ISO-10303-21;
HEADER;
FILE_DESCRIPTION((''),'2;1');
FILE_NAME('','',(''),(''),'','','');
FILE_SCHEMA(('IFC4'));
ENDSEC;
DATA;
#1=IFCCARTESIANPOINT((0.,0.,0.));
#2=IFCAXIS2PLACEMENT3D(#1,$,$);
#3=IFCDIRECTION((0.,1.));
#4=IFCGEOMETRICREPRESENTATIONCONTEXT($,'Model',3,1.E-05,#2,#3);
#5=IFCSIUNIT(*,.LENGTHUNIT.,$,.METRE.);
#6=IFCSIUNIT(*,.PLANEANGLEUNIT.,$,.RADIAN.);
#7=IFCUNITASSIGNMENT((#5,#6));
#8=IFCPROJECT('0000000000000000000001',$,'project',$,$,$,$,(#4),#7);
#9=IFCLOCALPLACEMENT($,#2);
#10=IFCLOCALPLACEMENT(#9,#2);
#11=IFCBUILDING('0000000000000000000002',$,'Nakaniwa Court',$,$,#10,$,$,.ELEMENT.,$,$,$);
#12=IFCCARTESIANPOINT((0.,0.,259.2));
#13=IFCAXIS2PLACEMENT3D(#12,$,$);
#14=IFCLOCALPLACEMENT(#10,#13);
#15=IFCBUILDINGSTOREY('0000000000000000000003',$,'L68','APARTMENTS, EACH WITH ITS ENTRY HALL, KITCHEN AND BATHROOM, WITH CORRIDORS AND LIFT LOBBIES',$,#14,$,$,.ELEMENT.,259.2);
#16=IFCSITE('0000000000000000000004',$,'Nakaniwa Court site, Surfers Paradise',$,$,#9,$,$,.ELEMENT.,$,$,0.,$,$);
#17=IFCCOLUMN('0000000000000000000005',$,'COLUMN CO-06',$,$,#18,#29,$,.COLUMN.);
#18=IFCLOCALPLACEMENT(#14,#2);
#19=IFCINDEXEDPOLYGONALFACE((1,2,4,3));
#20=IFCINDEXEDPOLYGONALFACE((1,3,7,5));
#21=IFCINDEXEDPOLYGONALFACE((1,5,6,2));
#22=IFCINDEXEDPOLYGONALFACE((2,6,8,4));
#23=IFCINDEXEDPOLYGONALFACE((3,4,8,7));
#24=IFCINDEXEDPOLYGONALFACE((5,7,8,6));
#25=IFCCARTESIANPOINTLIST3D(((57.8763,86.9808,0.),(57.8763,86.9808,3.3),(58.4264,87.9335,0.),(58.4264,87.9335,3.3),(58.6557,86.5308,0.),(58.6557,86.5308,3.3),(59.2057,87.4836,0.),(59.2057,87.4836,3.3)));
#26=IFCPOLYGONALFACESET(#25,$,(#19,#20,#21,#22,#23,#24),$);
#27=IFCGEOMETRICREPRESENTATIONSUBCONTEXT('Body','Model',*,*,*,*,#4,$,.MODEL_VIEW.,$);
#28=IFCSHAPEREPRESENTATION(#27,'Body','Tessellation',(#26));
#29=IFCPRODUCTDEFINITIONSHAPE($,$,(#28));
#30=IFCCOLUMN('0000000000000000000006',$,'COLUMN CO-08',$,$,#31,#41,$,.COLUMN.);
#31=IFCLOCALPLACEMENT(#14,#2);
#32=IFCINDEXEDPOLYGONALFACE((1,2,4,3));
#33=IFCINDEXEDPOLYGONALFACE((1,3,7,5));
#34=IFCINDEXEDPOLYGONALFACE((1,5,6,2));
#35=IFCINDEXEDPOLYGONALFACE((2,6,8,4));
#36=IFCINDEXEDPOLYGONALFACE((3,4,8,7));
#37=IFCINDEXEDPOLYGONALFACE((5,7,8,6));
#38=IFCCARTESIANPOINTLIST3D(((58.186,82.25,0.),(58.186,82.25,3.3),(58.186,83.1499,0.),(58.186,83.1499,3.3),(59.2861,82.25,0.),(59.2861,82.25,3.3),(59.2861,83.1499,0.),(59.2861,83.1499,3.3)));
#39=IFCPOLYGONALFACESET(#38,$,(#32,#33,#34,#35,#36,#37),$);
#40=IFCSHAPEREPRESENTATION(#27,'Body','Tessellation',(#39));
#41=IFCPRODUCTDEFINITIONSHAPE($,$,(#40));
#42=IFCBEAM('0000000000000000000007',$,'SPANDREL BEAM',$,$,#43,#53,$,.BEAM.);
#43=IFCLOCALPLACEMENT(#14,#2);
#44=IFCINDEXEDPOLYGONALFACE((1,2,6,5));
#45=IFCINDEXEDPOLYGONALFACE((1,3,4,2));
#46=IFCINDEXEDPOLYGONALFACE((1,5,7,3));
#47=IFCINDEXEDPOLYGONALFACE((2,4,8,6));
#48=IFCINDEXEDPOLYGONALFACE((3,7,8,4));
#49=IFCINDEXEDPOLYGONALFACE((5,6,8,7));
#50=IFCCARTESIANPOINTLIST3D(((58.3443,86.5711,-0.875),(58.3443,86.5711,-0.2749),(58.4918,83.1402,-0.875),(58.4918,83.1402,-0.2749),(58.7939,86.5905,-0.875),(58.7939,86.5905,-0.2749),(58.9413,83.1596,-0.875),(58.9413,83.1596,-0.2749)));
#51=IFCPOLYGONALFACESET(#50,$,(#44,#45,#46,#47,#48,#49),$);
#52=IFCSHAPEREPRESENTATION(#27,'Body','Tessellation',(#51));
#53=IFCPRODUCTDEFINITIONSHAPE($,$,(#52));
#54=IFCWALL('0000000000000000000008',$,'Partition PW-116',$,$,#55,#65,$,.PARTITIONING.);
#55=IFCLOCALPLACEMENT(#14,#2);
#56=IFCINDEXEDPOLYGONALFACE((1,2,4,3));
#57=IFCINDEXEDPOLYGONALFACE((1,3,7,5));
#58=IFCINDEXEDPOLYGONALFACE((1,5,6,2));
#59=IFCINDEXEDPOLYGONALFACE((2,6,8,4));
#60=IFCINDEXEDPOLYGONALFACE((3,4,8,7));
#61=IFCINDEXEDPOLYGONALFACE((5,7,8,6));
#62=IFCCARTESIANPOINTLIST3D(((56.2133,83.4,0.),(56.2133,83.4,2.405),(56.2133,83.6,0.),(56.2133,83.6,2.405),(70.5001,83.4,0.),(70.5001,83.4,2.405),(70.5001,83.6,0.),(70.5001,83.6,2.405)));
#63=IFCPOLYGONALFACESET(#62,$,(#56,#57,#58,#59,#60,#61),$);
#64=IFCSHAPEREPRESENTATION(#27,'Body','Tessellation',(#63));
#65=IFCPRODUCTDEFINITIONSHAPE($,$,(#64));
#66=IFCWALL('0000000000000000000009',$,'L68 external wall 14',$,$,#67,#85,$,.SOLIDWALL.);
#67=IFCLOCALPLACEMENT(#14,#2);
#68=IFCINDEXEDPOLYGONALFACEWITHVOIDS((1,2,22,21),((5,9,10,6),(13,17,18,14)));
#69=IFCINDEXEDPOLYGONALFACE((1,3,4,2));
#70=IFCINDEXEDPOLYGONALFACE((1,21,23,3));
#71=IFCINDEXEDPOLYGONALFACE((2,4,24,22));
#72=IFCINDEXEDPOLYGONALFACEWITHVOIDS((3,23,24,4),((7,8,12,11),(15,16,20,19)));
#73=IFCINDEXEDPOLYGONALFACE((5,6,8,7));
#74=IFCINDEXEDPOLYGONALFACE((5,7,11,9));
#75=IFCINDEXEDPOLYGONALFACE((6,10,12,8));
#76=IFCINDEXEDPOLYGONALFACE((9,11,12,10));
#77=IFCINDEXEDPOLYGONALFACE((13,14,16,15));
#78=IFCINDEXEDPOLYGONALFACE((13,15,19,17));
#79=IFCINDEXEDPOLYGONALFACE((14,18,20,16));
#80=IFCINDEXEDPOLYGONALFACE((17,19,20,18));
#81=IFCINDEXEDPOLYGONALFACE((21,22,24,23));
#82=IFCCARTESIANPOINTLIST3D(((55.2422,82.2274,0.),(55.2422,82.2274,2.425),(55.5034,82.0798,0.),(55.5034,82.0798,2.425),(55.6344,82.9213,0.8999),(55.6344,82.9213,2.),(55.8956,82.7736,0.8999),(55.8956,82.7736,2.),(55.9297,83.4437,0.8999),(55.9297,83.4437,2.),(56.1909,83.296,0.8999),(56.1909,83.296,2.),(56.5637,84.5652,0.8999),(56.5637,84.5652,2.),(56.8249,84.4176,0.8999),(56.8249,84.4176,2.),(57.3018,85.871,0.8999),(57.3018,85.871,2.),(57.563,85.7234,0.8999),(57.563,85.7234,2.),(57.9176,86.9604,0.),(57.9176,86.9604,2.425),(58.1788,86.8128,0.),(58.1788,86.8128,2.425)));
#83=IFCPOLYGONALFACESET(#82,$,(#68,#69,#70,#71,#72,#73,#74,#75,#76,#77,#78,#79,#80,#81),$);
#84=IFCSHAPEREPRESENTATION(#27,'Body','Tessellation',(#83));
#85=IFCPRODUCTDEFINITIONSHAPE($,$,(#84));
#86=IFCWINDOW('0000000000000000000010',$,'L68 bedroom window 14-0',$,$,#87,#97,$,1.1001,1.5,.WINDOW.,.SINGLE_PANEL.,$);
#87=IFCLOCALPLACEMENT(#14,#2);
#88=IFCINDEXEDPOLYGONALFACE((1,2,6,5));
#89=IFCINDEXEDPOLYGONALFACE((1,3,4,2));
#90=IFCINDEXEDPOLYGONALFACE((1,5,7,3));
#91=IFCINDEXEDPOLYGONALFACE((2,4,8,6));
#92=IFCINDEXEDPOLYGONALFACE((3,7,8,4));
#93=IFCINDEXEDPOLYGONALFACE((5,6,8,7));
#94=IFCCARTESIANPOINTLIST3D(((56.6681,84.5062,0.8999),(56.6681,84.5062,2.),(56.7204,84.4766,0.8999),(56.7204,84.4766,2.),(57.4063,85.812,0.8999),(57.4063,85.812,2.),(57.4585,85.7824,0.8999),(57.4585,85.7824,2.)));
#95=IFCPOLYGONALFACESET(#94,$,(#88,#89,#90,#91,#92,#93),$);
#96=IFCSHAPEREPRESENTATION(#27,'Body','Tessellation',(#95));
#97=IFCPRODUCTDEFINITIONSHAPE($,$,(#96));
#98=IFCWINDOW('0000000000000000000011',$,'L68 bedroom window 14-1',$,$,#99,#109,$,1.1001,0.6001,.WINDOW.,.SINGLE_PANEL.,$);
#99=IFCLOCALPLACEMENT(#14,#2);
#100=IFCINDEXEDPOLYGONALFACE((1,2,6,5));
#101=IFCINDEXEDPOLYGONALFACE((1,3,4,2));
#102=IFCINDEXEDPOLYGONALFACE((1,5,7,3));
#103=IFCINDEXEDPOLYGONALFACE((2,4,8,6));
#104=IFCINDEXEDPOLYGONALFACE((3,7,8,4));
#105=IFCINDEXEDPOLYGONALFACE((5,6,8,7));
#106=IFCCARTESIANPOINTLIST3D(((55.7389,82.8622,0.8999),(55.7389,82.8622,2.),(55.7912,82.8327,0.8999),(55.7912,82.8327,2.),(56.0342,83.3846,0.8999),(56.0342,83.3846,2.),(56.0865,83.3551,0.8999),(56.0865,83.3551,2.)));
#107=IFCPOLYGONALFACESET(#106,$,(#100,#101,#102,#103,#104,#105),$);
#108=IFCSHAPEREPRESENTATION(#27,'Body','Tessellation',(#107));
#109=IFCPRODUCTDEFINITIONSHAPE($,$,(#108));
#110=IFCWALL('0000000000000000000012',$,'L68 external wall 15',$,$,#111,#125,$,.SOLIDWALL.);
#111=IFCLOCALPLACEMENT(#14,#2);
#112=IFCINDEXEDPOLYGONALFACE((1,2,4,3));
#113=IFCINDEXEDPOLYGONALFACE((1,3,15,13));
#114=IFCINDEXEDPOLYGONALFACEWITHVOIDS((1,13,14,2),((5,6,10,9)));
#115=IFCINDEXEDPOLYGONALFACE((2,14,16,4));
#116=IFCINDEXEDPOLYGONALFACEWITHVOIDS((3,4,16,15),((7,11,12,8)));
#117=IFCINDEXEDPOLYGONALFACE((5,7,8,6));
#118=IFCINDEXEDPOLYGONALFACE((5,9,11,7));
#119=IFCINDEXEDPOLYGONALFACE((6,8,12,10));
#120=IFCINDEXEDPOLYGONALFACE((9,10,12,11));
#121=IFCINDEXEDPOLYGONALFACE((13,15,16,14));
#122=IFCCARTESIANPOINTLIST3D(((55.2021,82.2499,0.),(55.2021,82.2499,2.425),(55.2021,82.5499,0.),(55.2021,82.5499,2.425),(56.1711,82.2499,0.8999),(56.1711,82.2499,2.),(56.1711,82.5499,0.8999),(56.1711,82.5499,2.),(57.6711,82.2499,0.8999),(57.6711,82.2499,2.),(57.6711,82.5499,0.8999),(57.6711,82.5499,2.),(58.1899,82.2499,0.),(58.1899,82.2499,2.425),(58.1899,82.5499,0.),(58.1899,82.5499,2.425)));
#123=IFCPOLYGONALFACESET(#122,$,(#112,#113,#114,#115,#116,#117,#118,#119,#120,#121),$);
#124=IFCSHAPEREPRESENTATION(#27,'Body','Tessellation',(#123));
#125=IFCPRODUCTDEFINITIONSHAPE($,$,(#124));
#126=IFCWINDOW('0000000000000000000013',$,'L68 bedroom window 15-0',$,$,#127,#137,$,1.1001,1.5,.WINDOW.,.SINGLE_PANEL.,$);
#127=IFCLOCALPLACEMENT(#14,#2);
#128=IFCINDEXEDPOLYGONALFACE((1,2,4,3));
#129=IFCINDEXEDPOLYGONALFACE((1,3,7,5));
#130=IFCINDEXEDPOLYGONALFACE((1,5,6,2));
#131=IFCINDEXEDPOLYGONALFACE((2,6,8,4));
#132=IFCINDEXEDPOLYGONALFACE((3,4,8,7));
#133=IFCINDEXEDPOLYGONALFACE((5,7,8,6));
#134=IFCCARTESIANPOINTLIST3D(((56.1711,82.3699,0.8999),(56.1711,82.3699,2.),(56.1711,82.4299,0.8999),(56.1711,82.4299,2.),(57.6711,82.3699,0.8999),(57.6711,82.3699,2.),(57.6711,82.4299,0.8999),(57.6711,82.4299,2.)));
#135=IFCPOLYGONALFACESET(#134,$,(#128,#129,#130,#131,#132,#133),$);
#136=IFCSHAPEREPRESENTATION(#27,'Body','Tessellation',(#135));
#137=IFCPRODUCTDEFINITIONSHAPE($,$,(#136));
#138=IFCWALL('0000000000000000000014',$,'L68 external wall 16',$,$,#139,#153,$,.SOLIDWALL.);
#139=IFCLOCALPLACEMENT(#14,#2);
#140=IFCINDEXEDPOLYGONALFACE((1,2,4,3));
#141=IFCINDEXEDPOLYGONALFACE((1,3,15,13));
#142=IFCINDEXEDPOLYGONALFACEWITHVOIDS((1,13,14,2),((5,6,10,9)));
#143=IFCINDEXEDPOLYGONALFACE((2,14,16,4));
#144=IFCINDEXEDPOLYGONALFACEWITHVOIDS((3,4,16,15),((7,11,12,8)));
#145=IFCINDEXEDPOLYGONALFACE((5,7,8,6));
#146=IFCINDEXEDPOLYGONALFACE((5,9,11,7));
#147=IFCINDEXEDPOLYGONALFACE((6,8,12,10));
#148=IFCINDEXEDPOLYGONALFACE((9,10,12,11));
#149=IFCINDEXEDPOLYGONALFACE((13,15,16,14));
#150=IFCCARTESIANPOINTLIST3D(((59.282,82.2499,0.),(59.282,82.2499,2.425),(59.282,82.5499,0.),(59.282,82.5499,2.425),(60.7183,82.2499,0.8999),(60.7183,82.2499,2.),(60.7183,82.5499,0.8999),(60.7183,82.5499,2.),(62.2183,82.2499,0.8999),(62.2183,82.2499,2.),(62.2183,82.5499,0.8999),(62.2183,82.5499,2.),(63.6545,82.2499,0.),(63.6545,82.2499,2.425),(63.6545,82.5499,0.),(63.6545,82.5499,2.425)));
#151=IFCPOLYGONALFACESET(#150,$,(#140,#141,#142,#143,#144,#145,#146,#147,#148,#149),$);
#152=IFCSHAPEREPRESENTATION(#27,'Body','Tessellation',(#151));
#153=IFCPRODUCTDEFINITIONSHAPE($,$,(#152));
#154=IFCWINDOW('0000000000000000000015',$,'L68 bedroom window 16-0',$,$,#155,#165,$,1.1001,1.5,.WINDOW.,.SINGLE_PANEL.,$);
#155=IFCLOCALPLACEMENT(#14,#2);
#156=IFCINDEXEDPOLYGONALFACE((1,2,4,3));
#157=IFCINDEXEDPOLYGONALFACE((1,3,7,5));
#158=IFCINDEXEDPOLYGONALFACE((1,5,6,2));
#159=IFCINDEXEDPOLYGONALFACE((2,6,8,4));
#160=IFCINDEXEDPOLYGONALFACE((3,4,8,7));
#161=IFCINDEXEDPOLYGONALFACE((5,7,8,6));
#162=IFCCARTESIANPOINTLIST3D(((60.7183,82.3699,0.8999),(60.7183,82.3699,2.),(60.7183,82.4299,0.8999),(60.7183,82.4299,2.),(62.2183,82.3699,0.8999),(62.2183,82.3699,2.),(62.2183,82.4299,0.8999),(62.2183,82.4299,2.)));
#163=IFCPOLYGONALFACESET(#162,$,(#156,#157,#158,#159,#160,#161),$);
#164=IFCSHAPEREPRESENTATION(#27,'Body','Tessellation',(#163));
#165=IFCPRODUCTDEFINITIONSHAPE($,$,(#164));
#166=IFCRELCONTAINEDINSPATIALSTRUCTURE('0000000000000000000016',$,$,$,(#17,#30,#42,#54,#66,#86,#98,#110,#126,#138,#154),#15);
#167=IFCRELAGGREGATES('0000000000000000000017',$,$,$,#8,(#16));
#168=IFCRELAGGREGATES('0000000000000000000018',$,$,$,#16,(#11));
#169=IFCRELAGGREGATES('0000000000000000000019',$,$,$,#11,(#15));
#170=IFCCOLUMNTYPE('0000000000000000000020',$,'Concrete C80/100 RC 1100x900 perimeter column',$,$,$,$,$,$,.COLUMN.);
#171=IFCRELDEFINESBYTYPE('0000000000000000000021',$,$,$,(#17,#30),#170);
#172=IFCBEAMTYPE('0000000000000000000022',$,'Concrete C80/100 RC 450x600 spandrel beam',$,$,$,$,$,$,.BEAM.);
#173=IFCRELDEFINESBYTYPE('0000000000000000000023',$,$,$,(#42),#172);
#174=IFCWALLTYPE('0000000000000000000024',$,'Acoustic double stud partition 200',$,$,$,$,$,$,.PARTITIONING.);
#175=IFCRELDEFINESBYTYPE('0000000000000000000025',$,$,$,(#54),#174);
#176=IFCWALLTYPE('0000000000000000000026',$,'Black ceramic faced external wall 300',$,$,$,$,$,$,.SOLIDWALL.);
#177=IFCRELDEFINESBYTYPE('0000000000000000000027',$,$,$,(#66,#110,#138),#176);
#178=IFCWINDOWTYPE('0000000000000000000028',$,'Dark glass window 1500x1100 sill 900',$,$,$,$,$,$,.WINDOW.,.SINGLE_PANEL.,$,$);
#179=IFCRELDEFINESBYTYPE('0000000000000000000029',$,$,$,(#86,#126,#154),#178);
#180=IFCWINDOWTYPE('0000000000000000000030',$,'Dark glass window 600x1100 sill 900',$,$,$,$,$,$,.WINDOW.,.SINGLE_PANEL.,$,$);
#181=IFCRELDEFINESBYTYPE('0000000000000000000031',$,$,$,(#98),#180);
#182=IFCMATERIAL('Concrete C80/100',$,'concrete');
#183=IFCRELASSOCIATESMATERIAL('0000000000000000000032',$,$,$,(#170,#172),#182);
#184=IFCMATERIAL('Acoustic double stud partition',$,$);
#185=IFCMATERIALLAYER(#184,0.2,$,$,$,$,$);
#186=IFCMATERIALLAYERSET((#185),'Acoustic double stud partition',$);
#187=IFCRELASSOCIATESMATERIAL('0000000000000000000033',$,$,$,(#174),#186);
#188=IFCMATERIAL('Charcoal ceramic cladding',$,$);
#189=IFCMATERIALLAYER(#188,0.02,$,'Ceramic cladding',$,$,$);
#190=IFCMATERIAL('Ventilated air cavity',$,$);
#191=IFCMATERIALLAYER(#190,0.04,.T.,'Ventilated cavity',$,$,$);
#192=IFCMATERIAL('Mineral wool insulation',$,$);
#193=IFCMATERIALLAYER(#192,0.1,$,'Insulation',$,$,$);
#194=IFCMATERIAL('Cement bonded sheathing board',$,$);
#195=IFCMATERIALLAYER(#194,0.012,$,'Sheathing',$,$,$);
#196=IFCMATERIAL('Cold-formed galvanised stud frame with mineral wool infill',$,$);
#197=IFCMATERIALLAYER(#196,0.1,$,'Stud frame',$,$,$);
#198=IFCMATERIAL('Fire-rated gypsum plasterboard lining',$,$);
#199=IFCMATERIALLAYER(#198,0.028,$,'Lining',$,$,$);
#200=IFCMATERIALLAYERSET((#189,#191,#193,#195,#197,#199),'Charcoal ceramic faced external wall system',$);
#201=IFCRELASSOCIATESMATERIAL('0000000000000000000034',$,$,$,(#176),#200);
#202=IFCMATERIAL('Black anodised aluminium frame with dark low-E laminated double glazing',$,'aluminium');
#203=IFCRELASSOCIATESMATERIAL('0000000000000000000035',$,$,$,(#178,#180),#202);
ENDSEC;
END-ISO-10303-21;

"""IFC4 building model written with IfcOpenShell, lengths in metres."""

from ifc_helpers import new_model, si_unit, direction, frame, frame_2d, origin, origin_2d, place, context, subcontext, project, spatial, rectangle, extrude, material, layer, layer_set, material_profile, profile_set, type_object, element, fill, save


model = new_model("IFC4")

# Units and contexts
model_context = context("Model", 3, precision=1e-05, world=origin(), true_north=direction((0.0, 1.0)))
body_context = subcontext(model_context, "Body", "Model", "MODEL_VIEW")
ifc_project = project(units=[si_unit("LENGTHUNIT", "METRE"), si_unit("PLANEANGLEUNIT", "RADIAN")], contexts=[model_context])

# Site, building, storey
site_placement = place(None, origin())
site = spatial("IfcSite", under=ifc_project, at=site_placement, Name="Nakaniwa Court site, Surfers Paradise", CompositionType="ELEMENT", RefElevation=0.0)
building_placement = place(site_placement, origin())
building = spatial("IfcBuilding", under=site, at=building_placement, Name="Nakaniwa Court", CompositionType="ELEMENT")
storey_placement = place(building_placement, frame((0.0, 0.0, 259.2)))
storey = spatial("IfcBuildingStorey", under=building, at=storey_placement, Name="L68", Description="APARTMENTS, EACH WITH ITS ENTRY HALL, KITCHEN AND BATHROOM, WITH CORRIDORS AND LIFT LOBBIES", CompositionType="ELEMENT", Elevation=259.2)

# Columns
ifc_material_1 = material(Name="Concrete C80/100", Category="concrete")
ifc_material_profile_1 = material_profile(ifc_material_1, rectangle(XDim=1.1001, YDim=0.8999, at=origin_2d()), Name="Concrete C80/100 RC 1100x900 perimeter column")
ifc_profile_set_1 = profile_set([ifc_material_profile_1], Name="Concrete C80/100")
column_type = type_object("IfcColumnType", Name="Concrete C80/100 RC 1100x900 perimeter column", PredefinedType="COLUMN", material=ifc_profile_set_1)
for number, where, z_axis, x_axis, name in (
    (1, (58.541, 87.2322, 0.0), (0.0, 0.0, 1.0), (-0.5, -0.866025, 0.0), "COLUMN CO-06"),
    (2, (58.7361, 82.7, 0.0), (0.0, 0.0, 1.0), (1.0, 0.0, 0.0), "COLUMN CO-08"),
):
    element("IfcColumn", number, at=place(storey_placement, frame(where, z_axis=z_axis, x_axis=x_axis)), inside=storey, type_object=column_type, Name=name, PredefinedType="COLUMN", context=body_context, shape_type="SweptSolid", body=[
        extrude(rectangle(XDim=1.1001, YDim=0.8999, at=origin_2d()), origin(), (0.0, 0.0, 1.0), 3.3),
    ])

# Beam
ifc_material_profile_2 = material_profile(ifc_material_1, rectangle(XDim=0.45, YDim=0.6001, at=origin_2d()), Name="Concrete C80/100 RC 450x600 spandrel beam")
ifc_profile_set_2 = profile_set([ifc_material_profile_2], Name="Concrete C80/100")
beam_type = type_object("IfcBeamType", Name="Concrete C80/100 RC 450x600 spandrel beam", PredefinedType="BEAM", material=ifc_profile_set_2)
beam_placement = place(storey_placement, frame((58.5691, 86.5808, -0.575), z_axis=(0.042941, -0.999078, 0.0), x_axis=(0.999078, 0.042941, 0.0)))
element("IfcBeam", 3, at=beam_placement, inside=storey, type_object=beam_type, Name="SPANDREL BEAM", PredefinedType="BEAM", context=body_context, shape_type="SweptSolid", body=[
    extrude(rectangle(XDim=0.45, YDim=0.6001, at=origin_2d()), origin(), (0.0, 0.0, 1.0), 3.4341),
])

# Wall
ifc_material_2 = material(Name="Acoustic double stud partition")
ifc_layer_1 = layer(ifc_material_2, 0.2)
ifc_layer_set_1 = layer_set([ifc_layer_1], Name="Acoustic double stud partition")
wall_type_1 = type_object("IfcWallType", Name="Acoustic double stud partition 200", PredefinedType="PARTITIONING", material=ifc_layer_set_1)
wall_1_placement = place(storey_placement, frame((56.2131, 83.5, 0.0), z_axis=(0.0, 0.0, 1.0), x_axis=(1.0, 0.0, 0.0)))
element("IfcWall", 4, at=wall_1_placement, inside=storey, type_object=wall_type_1, Name="Partition PW-116", PredefinedType="PARTITIONING", context=body_context, shape_type="SweptSolid", body=[
    extrude(rectangle(XDim=14.2869, YDim=0.2, at=frame_2d((7.1436, 0.0))), origin(), (0.0, 0.0, 1.0), 2.405),
])

# Wall, openings, windows
ifc_material_3 = material(Name="Charcoal ceramic cladding")
ifc_layer_2 = layer(ifc_material_3, 0.02, Name="Ceramic cladding")
ifc_material_4 = material(Name="Ventilated air cavity")
ifc_layer_3 = layer(ifc_material_4, 0.04, ventilated=True, Name="Ventilated cavity")
ifc_material_5 = material(Name="Mineral wool insulation")
ifc_layer_4 = layer(ifc_material_5, 0.1, Name="Insulation")
ifc_material_6 = material(Name="Cement bonded sheathing board")
ifc_layer_5 = layer(ifc_material_6, 0.012, Name="Sheathing")
ifc_material_7 = material(Name="Cold-formed galvanised stud frame with mineral wool infill")
ifc_layer_6 = layer(ifc_material_7, 0.1, Name="Stud frame")
ifc_material_8 = material(Name="Fire-rated gypsum plasterboard lining")
ifc_layer_7 = layer(ifc_material_8, 0.028, Name="Lining")
ifc_layer_set_2 = layer_set([ifc_layer_2, ifc_layer_3, ifc_layer_4, ifc_layer_5, ifc_layer_6, ifc_layer_7], Name="Charcoal ceramic faced external wall system")
wall_type_2 = type_object("IfcWallType", Name="Black ceramic faced external wall 300", PredefinedType="SOLIDWALL", material=ifc_layer_set_2)
wall_2_placement = place(storey_placement, frame((58.0481, 86.8865, 0.0), z_axis=(0.0, 0.0, 1.0), x_axis=(-0.492081, -0.870549, 0.0)))
wall_2 = element("IfcWall", 5, at=wall_2_placement, inside=storey, type_object=wall_type_2, Name="L68 external wall 14", PredefinedType="SOLIDWALL", context=body_context, shape_type="SweptSolid", body=[
    extrude(rectangle(XDim=5.4368, YDim=0.3, at=frame_2d((2.7183, 0.0))), origin(), (0.0, 0.0, 1.0), 2.425),
])
opening_1_placement = place(wall_2_placement, frame((1.2512, 0.0, 0.8999)))
opening_1 = element("IfcOpeningElement", 6, at=opening_1_placement, cuts=wall_2, PredefinedType="OPENING", context=body_context, shape_type="SweptSolid", body=[
    extrude(rectangle(XDim=1.5, YDim=1.1001, at=frame_2d((0.75, 0.55))), frame((0.0, 0.1599, 0.0), z_axis=(0.0, -1.0, 0.0), x_axis=(1.0, 0.0, 0.0)), (0.0, 0.0, 1.0), 0.3201),
])
opening_2_placement = place(wall_2_placement, frame((4.0396, 0.0, 0.8999)))
opening_2 = element("IfcOpeningElement", 7, at=opening_2_placement, cuts=wall_2, PredefinedType="OPENING", context=body_context, shape_type="SweptSolid", body=[
    extrude(rectangle(XDim=0.6001, YDim=1.1001, at=frame_2d((0.3, 0.55))), frame((0.0, 0.1599, 0.0), z_axis=(0.0, -1.0, 0.0), x_axis=(1.0, 0.0, 0.0)), (0.0, 0.0, 1.0), 0.3201),
])
ifc_material_9 = material(Name="Black anodised aluminium frame with dark low-E laminated double glazing", Category="aluminium")
window_type_1 = type_object("IfcWindowType", Name="Dark glass window 1500x1100 sill 900", PartitioningType="SINGLE_PANEL", PredefinedType="WINDOW", material=ifc_material_9)
window_1_placement = place(opening_1_placement, origin())
window_1 = element("IfcWindow", 8, at=window_1_placement, inside=storey, type_object=window_type_1, Name="L68 bedroom window 14-0", OverallHeight=1.1001, OverallWidth=1.5, PartitioningType="SINGLE_PANEL", PredefinedType="WINDOW", context=body_context, shape_type="SweptSolid", body=[
    extrude(rectangle(XDim=1.5, YDim=1.1001, at=frame_2d((0.75, 0.55))), frame((0.0, 0.03, 0.0), z_axis=(0.0, -1.0, 0.0), x_axis=(1.0, 0.0, 0.0)), (0.0, 0.0, 1.0), 0.0601),
])
fill(opening_1, window_1)
window_type_2 = type_object("IfcWindowType", Name="Dark glass window 600x1100 sill 900", PartitioningType="SINGLE_PANEL", PredefinedType="WINDOW", material=ifc_material_9)
window_2_placement = place(opening_2_placement, origin())
window_2 = element("IfcWindow", 9, at=window_2_placement, inside=storey, type_object=window_type_2, Name="L68 bedroom window 14-1", OverallHeight=1.1001, OverallWidth=0.6001, PartitioningType="SINGLE_PANEL", PredefinedType="WINDOW", context=body_context, shape_type="SweptSolid", body=[
    extrude(rectangle(XDim=0.6001, YDim=1.1001, at=frame_2d((0.3, 0.55))), frame((0.0, 0.03, 0.0), z_axis=(0.0, -1.0, 0.0), x_axis=(1.0, 0.0, 0.0)), (0.0, 0.0, 1.0), 0.0601),
])
fill(opening_2, window_2)

# Walls, openings, windows
wall_3_placement = place(storey_placement, frame((55.2021, 82.3999, 0.0), z_axis=(0.0, 0.0, 1.0), x_axis=(1.0, 0.0, 0.0)))
wall_3 = element("IfcWall", 10, at=wall_3_placement, inside=storey, type_object=wall_type_2, Name="L68 external wall 15", PredefinedType="SOLIDWALL", context=body_context, shape_type="SweptSolid", body=[
    extrude(rectangle(XDim=2.9878, YDim=0.3, at=frame_2d((1.4939, 0.0))), origin(), (0.0, 0.0, 1.0), 2.425),
])
opening_3_placement = place(wall_3_placement, frame((0.969, 0.0, 0.8999)))
opening_3 = element("IfcOpeningElement", 11, at=opening_3_placement, cuts=wall_3, PredefinedType="OPENING", context=body_context, shape_type="SweptSolid", body=[
    extrude(rectangle(XDim=1.5, YDim=1.1001, at=frame_2d((0.75, 0.55))), frame((0.0, 0.1599, 0.0), z_axis=(0.0, -1.0, 0.0), x_axis=(1.0, 0.0, 0.0)), (0.0, 0.0, 1.0), 0.3201),
])
window_3_placement = place(opening_3_placement, origin())
window_3 = element("IfcWindow", 12, at=window_3_placement, inside=storey, type_object=window_type_1, Name="L68 bedroom window 15-0", OverallHeight=1.1001, OverallWidth=1.5, PartitioningType="SINGLE_PANEL", PredefinedType="WINDOW", context=body_context, shape_type="SweptSolid", body=[
    extrude(rectangle(XDim=1.5, YDim=1.1001, at=frame_2d((0.75, 0.55))), frame((0.0, 0.03, 0.0), z_axis=(0.0, -1.0, 0.0), x_axis=(1.0, 0.0, 0.0)), (0.0, 0.0, 1.0), 0.0601),
])
fill(opening_3, window_3)
wall_4_placement = place(storey_placement, frame((59.282, 82.3999, 0.0), z_axis=(0.0, 0.0, 1.0), x_axis=(1.0, 0.0, 0.0)))
wall_4 = element("IfcWall", 13, at=wall_4_placement, inside=storey, type_object=wall_type_2, Name="L68 external wall 16", PredefinedType="SOLIDWALL", context=body_context, shape_type="SweptSolid", body=[
    extrude(rectangle(XDim=4.3726, YDim=0.3, at=frame_2d((2.1863, 0.0))), origin(), (0.0, 0.0, 1.0), 2.425),
])
opening_4_placement = place(wall_4_placement, frame((1.4363, 0.0, 0.8999)))
opening_4 = element("IfcOpeningElement", 14, at=opening_4_placement, cuts=wall_4, PredefinedType="OPENING", context=body_context, shape_type="SweptSolid", body=[
    extrude(rectangle(XDim=1.5, YDim=1.1001, at=frame_2d((0.75, 0.55))), frame((0.0, 0.1599, 0.0), z_axis=(0.0, -1.0, 0.0), x_axis=(1.0, 0.0, 0.0)), (0.0, 0.0, 1.0), 0.3201),
])
window_4_placement = place(opening_4_placement, origin())
window_4 = element("IfcWindow", 15, at=window_4_placement, inside=storey, type_object=window_type_1, Name="L68 bedroom window 16-0", OverallHeight=1.1001, OverallWidth=1.5, PartitioningType="SINGLE_PANEL", PredefinedType="WINDOW", context=body_context, shape_type="SweptSolid", body=[
    extrude(rectangle(XDim=1.5, YDim=1.1001, at=frame_2d((0.75, 0.55))), frame((0.0, 0.03, 0.0), z_axis=(0.0, -1.0, 0.0), x_axis=(1.0, 0.0, 0.0)), (0.0, 0.0, 1.0), 0.0601),
])
fill(opening_4, window_4)

save(model, "model.ifc")
